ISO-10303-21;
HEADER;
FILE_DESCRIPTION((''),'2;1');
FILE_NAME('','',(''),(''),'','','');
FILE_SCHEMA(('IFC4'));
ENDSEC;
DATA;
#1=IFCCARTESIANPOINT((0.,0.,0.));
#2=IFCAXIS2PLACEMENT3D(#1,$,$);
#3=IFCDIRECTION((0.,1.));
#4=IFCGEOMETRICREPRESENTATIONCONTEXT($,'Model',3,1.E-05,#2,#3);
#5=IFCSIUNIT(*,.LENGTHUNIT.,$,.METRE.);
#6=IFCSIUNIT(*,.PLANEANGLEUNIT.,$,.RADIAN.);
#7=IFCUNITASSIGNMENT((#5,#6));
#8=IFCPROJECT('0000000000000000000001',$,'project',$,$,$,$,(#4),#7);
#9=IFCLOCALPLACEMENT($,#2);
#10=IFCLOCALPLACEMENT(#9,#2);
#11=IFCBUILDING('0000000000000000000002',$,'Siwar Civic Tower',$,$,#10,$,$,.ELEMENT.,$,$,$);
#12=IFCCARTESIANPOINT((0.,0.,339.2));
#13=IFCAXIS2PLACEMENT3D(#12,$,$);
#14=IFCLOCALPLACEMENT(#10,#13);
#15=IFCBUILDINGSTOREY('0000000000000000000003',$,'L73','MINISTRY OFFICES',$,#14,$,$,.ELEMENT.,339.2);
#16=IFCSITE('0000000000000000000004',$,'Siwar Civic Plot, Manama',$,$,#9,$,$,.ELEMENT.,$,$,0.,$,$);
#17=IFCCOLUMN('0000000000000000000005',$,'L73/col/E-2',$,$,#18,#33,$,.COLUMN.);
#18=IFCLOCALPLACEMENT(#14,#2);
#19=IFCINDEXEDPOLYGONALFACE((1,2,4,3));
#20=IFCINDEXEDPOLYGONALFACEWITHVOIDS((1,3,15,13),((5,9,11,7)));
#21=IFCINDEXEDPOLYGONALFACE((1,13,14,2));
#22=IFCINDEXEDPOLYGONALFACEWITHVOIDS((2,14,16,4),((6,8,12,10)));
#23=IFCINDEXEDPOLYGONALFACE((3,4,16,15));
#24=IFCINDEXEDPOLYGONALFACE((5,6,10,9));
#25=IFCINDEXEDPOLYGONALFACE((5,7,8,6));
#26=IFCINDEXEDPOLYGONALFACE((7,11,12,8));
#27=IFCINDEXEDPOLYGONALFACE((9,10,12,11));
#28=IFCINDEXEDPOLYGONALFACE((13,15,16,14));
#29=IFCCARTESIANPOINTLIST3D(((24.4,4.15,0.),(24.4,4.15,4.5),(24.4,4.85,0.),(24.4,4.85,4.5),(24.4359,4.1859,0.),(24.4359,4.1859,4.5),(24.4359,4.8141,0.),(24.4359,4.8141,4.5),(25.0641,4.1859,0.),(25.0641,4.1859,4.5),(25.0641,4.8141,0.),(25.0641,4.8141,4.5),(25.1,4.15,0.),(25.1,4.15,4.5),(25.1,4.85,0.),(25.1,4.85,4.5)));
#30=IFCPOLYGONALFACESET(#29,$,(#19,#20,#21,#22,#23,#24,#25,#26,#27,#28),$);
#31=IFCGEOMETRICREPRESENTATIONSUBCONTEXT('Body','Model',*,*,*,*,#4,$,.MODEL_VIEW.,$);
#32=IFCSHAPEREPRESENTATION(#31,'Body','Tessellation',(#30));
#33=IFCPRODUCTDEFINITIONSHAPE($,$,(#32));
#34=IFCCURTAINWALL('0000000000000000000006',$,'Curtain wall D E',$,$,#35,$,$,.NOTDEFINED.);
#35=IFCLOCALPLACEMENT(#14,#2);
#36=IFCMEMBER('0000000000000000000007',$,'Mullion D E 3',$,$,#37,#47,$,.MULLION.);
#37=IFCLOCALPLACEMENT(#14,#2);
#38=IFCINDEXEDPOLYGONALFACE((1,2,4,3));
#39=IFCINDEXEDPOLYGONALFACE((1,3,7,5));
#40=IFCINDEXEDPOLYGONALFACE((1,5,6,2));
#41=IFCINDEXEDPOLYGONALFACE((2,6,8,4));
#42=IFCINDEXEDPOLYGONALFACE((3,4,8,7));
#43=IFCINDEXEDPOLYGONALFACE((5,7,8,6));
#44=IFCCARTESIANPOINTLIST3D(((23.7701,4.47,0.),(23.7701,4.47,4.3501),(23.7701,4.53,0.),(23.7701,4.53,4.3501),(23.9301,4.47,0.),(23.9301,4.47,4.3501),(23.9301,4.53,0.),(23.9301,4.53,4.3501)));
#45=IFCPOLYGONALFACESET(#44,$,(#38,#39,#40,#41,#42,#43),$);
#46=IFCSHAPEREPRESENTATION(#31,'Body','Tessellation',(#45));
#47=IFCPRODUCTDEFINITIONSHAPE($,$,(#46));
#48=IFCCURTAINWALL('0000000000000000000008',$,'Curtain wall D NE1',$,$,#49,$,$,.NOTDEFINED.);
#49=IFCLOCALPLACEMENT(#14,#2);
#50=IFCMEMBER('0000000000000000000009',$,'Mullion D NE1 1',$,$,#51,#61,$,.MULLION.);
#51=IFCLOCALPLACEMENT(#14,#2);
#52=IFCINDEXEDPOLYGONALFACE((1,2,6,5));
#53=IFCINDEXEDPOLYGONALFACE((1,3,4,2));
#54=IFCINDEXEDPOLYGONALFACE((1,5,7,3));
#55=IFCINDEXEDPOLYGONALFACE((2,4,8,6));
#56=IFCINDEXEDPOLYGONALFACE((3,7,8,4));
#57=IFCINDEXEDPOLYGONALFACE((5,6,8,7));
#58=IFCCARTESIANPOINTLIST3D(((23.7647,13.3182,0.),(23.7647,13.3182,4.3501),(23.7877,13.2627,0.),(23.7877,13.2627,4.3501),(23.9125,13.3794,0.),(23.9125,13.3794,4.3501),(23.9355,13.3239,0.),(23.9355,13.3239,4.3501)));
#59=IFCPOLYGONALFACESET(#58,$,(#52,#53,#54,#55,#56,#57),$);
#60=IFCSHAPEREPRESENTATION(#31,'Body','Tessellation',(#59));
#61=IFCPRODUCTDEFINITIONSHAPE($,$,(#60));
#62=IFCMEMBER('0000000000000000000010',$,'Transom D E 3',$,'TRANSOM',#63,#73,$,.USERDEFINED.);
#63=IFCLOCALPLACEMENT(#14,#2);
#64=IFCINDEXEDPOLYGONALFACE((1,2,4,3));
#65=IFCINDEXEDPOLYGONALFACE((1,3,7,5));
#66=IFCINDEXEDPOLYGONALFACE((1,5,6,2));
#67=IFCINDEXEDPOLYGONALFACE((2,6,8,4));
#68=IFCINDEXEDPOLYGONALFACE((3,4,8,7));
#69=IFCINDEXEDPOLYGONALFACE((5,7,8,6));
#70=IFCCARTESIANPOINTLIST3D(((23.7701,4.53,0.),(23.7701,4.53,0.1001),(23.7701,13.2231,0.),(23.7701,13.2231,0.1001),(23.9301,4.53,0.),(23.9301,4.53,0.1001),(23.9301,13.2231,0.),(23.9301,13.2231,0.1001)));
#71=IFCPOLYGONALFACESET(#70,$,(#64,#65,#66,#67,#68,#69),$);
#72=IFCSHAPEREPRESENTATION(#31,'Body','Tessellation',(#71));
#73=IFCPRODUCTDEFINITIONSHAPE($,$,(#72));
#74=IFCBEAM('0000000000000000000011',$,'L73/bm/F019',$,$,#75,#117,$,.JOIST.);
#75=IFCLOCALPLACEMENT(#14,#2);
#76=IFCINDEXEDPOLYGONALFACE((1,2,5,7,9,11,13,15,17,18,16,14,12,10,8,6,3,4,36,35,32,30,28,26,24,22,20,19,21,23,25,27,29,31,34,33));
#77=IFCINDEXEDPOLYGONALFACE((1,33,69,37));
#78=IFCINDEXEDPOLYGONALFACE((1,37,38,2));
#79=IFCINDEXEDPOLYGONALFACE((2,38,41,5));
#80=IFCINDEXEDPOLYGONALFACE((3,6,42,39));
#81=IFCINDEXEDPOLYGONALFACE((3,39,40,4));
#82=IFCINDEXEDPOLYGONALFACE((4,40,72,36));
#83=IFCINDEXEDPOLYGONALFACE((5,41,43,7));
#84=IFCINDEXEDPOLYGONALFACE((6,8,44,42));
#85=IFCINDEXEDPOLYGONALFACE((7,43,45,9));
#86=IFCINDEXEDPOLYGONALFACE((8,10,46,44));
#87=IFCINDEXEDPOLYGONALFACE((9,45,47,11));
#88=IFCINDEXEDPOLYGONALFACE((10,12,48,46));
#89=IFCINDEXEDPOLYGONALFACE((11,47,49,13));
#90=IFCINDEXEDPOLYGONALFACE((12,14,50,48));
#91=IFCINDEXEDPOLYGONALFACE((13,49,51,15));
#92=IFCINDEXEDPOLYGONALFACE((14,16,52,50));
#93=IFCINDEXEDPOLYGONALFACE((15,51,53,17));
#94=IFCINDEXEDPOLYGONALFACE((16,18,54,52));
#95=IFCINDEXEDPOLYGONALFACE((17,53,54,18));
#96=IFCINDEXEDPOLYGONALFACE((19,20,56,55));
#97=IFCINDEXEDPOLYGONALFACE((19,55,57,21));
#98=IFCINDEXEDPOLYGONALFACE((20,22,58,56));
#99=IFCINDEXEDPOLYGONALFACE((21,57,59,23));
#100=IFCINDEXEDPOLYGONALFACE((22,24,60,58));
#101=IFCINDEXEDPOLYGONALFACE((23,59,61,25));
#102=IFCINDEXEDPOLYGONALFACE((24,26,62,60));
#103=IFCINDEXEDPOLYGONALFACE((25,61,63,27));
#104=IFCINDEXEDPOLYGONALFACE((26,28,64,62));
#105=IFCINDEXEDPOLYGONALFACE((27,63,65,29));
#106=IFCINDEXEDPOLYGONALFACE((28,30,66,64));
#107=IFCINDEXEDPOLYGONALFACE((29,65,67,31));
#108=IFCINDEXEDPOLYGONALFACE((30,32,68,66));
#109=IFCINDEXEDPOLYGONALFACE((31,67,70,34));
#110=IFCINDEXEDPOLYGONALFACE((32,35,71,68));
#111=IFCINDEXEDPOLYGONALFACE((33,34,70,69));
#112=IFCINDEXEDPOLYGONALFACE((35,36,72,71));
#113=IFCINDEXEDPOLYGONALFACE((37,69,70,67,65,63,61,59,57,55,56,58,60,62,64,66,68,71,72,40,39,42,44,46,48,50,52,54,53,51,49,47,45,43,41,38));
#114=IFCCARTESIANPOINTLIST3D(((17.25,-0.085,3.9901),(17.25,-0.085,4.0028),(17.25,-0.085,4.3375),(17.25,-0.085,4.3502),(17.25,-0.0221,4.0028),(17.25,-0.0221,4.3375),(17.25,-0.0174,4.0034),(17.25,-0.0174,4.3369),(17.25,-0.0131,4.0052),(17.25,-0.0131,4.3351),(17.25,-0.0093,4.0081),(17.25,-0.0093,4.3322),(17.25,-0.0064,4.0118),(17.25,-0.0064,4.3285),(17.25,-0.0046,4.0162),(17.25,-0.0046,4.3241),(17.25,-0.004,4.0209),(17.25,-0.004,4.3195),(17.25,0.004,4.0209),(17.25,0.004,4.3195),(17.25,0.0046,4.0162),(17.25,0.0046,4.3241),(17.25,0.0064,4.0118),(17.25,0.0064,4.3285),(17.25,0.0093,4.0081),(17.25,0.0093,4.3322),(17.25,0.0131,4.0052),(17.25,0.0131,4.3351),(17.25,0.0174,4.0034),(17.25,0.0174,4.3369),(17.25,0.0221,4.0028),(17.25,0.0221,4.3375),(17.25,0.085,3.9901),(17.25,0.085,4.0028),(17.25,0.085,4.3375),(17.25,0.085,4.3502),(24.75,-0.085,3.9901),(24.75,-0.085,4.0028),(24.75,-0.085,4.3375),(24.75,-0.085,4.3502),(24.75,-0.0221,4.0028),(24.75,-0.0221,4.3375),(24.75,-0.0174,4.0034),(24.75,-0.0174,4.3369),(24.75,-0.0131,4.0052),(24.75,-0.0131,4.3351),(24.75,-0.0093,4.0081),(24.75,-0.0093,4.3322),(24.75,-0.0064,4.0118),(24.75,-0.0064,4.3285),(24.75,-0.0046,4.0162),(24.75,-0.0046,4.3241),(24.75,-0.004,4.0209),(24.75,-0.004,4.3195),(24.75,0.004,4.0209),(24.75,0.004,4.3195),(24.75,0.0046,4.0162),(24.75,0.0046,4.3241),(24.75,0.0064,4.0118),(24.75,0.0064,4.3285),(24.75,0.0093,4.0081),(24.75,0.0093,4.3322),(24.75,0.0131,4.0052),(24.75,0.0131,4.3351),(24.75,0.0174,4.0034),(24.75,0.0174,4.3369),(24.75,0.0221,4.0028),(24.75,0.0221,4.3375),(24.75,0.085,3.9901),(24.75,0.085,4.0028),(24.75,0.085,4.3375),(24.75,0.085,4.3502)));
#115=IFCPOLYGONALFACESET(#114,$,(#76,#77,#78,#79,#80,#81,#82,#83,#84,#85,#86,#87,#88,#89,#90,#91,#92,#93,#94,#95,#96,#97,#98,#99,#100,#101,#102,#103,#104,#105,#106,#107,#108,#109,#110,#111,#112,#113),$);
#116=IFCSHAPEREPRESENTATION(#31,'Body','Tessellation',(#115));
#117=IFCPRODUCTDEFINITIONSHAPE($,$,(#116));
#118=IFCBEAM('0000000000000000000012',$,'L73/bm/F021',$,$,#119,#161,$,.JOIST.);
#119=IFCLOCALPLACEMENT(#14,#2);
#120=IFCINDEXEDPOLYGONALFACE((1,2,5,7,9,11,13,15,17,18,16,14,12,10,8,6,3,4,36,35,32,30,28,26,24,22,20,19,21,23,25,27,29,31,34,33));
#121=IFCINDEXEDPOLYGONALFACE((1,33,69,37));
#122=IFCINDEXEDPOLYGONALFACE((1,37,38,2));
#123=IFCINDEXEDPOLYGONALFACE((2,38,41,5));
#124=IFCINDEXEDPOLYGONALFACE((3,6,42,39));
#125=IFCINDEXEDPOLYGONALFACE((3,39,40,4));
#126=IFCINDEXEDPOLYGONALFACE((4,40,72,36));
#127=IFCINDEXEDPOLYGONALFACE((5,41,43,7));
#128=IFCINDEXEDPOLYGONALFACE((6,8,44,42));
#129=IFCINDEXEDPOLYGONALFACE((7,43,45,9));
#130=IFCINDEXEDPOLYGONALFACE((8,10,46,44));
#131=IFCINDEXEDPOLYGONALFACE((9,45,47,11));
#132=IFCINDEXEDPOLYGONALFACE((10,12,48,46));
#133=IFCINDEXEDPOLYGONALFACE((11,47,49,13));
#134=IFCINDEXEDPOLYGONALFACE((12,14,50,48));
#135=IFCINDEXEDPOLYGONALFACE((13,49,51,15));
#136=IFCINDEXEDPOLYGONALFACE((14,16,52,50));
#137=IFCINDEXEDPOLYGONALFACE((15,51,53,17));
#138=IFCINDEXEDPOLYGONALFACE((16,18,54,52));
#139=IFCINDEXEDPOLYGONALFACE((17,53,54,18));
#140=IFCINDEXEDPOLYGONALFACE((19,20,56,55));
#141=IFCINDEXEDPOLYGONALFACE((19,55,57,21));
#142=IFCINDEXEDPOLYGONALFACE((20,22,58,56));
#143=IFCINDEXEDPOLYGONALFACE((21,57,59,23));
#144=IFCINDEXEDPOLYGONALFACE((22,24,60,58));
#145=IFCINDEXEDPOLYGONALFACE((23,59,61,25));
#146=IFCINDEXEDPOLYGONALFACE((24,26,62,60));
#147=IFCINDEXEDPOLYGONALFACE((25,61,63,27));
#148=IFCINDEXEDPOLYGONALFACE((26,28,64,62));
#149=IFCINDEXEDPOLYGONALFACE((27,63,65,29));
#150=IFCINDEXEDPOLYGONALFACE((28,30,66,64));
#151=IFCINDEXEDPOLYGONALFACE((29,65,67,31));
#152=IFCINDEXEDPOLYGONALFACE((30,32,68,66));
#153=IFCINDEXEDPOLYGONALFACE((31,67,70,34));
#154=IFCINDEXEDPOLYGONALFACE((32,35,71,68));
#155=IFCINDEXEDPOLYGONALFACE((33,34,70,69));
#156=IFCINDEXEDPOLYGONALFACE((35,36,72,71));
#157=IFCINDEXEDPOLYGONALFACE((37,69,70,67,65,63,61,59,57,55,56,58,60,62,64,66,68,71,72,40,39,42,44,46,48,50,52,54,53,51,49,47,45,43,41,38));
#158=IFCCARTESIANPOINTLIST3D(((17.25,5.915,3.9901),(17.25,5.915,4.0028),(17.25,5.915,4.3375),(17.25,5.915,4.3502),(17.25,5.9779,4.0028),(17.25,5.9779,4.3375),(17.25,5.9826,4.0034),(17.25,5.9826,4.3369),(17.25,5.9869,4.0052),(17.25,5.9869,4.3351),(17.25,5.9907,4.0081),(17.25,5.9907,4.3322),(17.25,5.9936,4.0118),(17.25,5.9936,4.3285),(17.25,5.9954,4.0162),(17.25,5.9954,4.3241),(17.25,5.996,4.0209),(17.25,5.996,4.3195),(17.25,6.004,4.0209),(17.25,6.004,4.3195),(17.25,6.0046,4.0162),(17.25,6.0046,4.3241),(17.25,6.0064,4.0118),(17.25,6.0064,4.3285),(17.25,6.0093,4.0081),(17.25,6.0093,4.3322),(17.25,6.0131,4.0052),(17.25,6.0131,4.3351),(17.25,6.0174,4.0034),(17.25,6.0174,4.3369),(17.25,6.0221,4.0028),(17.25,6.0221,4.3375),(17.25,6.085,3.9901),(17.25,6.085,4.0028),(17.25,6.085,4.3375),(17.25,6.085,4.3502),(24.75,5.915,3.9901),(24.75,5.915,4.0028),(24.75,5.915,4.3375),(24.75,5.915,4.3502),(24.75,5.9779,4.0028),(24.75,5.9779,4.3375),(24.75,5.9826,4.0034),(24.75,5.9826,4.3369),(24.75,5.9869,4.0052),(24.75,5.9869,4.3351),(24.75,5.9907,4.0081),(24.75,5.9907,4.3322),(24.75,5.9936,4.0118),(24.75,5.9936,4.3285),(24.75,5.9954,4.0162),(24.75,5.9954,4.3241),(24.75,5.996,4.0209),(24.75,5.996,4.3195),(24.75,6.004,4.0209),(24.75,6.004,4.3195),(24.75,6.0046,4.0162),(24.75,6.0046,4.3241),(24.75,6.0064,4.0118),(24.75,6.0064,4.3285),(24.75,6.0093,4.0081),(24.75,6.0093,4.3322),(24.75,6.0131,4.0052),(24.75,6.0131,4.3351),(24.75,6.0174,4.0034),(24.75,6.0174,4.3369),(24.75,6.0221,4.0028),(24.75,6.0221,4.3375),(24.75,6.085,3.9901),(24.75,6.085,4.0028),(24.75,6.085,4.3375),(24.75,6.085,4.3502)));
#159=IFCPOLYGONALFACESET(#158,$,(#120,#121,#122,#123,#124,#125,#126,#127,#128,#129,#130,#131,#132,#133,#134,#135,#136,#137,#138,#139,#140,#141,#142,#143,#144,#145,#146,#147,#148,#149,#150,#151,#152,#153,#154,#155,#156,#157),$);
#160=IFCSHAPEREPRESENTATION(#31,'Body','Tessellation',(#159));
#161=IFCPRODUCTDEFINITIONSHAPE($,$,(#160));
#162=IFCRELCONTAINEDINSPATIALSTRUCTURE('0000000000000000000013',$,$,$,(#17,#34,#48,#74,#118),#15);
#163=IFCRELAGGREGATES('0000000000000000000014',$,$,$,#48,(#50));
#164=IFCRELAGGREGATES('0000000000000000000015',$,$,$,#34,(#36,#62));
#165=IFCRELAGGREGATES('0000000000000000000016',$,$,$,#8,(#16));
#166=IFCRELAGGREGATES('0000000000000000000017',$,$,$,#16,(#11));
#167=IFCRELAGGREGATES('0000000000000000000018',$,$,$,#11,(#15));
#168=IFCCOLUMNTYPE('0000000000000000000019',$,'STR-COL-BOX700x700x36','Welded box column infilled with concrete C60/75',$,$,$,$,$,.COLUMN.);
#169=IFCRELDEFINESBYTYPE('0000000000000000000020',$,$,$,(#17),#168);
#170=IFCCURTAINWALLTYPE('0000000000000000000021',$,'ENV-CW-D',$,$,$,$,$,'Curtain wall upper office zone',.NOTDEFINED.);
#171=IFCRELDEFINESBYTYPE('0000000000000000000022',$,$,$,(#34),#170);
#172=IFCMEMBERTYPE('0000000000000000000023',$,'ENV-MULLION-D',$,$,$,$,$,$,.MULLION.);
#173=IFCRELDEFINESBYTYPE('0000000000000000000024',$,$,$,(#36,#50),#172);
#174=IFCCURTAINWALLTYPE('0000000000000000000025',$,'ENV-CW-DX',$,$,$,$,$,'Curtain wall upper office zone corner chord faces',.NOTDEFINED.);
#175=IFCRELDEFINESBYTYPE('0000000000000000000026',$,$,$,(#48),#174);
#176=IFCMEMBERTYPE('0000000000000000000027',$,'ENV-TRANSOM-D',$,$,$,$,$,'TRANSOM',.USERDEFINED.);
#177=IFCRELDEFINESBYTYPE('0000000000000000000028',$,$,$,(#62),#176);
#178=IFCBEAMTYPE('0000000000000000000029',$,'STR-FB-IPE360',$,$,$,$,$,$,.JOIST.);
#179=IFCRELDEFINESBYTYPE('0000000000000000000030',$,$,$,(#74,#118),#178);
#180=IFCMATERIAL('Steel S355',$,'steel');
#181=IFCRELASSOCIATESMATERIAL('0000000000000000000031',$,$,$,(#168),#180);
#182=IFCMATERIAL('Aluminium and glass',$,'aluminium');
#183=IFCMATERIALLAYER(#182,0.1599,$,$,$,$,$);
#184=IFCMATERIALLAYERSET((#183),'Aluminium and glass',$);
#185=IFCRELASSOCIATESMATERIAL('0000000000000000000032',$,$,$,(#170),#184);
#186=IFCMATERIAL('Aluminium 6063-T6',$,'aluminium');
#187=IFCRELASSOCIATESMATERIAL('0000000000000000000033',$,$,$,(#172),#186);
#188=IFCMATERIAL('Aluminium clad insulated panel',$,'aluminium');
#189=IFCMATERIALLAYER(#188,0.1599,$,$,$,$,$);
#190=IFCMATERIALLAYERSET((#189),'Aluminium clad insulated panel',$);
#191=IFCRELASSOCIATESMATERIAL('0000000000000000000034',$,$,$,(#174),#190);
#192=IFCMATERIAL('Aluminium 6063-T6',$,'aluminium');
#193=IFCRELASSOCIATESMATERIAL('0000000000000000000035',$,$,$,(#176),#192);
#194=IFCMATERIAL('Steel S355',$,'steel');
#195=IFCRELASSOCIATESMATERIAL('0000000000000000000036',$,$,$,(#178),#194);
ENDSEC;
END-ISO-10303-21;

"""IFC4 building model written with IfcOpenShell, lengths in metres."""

from ifc_helpers import new_model, si_unit, direction, frame, origin, origin_2d, place, context, subcontext, project, spatial, rectangle, hollow_rectangle, i_section, extrude, material, layer, layer_set, material_profile, profile_set, type_object, element, aggregate, save


model = new_model("IFC4")

# Units and contexts
model_context = context("Model", 3, precision=1e-05, world=origin(), true_north=direction((0.0, 1.0)))
body_context = subcontext(model_context, "Body", "Model", "MODEL_VIEW")
ifc_project = project(units=[si_unit("LENGTHUNIT", "METRE"), si_unit("PLANEANGLEUNIT", "RADIAN")], contexts=[model_context])

# Site, building, storey
site_placement = place(None, origin())
site = spatial("IfcSite", under=ifc_project, at=site_placement, Name="Siwar Civic Plot, Manama", CompositionType="ELEMENT", RefElevation=0.0)
building_placement = place(site_placement, origin())
building = spatial("IfcBuilding", under=site, at=building_placement, Name="Siwar Civic Tower", CompositionType="ELEMENT")
storey_placement = place(building_placement, frame((0.0, 0.0, 339.2)))
storey = spatial("IfcBuildingStorey", under=building, at=storey_placement, Name="L73", Description="MINISTRY OFFICES", CompositionType="ELEMENT", Elevation=339.2)

# Column
ifc_material_1 = material(Name="Steel S355", Category="steel")
ifc_material_profile_1 = material_profile(ifc_material_1, hollow_rectangle(XDim=0.7, YDim=0.7, WallThickness=0.0359, at=origin_2d()), Name="BOX700x700x36")
ifc_profile_set_1 = profile_set([ifc_material_profile_1], Name="Steel S355")
column_type = type_object("IfcColumnType", Name="STR-COL-BOX700x700x36", Description="Welded box column infilled with concrete C60/75", PredefinedType="COLUMN", material=ifc_profile_set_1)
column_placement = place(storey_placement, frame((24.75, 4.5, 0.0), z_axis=(0.0, 0.0, 1.0), x_axis=(1.0, 0.0, 0.0)))
element("IfcColumn", 1, at=column_placement, inside=storey, type_object=column_type, Name="L73/col/E-2", PredefinedType="COLUMN", context=body_context, shape_type="SweptSolid", body=[
    extrude(hollow_rectangle(XDim=0.7, YDim=0.7, WallThickness=0.0359, at=origin_2d()), origin(), (0.0, 0.0, 1.0), 4.5),
])

# Curtain walls, members
ifc_material_2 = material(Name="Aluminium and glass", Category="aluminium")
ifc_layer_1 = layer(ifc_material_2, 0.1599)
ifc_layer_set_1 = layer_set([ifc_layer_1], Name="Aluminium and glass")
curtain_wall_type_1 = type_object("IfcCurtainWallType", Name="ENV-CW-D", ElementType="Curtain wall upper office zone", PredefinedType="NOTDEFINED", material=ifc_layer_set_1)
curtain_wall_1_placement = place(storey_placement, origin())
curtain_wall_1 = element("IfcCurtainWall", 2, at=curtain_wall_1_placement, inside=storey, type_object=curtain_wall_type_1, Name="Curtain wall D E", PredefinedType="NOTDEFINED")
ifc_material_3 = material(Name="Aluminium 6063-T6", Category="aluminium")
ifc_material_profile_2 = material_profile(ifc_material_3, rectangle(XDim=0.1599, YDim=0.0601, at=origin_2d()), Name="AL 160x60")
ifc_profile_set_2 = profile_set([ifc_material_profile_2], Name="Aluminium 6063-T6")
member_type_1 = type_object("IfcMemberType", Name="ENV-MULLION-D", PredefinedType="MULLION", material=ifc_profile_set_2)
member_1_placement = place(storey_placement, frame((23.8501, 4.5, 0.0), z_axis=(0.0, 0.0, 1.0), x_axis=(-1.0, 0.0, 0.0)))
member_1 = element("IfcMember", 3, at=member_1_placement, type_object=member_type_1, Name="Mullion D E 3", PredefinedType="MULLION", context=body_context, shape_type="SweptSolid", body=[
    extrude(rectangle(XDim=0.1599, YDim=0.0601, at=origin_2d()), origin(), (0.0, 0.0, 1.0), 4.3501),
])
ifc_material_4 = material(Name="Aluminium clad insulated panel", Category="aluminium")
ifc_layer_2 = layer(ifc_material_4, 0.1599)
ifc_layer_set_2 = layer_set([ifc_layer_2], Name="Aluminium clad insulated panel")
curtain_wall_type_2 = type_object("IfcCurtainWallType", Name="ENV-CW-DX", ElementType="Curtain wall upper office zone corner chord faces", PredefinedType="NOTDEFINED", material=ifc_layer_set_2)
curtain_wall_2_placement = place(storey_placement, origin())
curtain_wall_2 = element("IfcCurtainWall", 4, at=curtain_wall_2_placement, inside=storey, type_object=curtain_wall_type_2, Name="Curtain wall D NE1", PredefinedType="NOTDEFINED")
member_2_placement = place(storey_placement, frame((23.8501, 13.321, 0.0), z_axis=(0.0, 0.0, 1.0), x_axis=(-0.92388, -0.382683, 0.0)))
member_2 = element("IfcMember", 5, at=member_2_placement, type_object=member_type_1, Name="Mullion D NE1 1", PredefinedType="MULLION", context=body_context, shape_type="SweptSolid", body=[
    extrude(rectangle(XDim=0.1599, YDim=0.0601, at=origin_2d()), origin(), (0.0, 0.0, 1.0), 4.3501),
])
aggregate(curtain_wall_2, [member_2])

# Member
ifc_material_5 = material(Name="Aluminium 6063-T6", Category="aluminium")
ifc_material_profile_3 = material_profile(ifc_material_5, rectangle(XDim=0.1599, YDim=0.1001, at=origin_2d()), Name="AL 160x100")
ifc_profile_set_3 = profile_set([ifc_material_profile_3], Name="Aluminium 6063-T6")
member_type_2 = type_object("IfcMemberType", Name="ENV-TRANSOM-D", ElementType="TRANSOM", PredefinedType="USERDEFINED", material=ifc_profile_set_3)
member_3_placement = place(storey_placement, frame((23.8501, 4.53, 0.05), z_axis=(0.0, 1.0, 0.0), x_axis=(-1.0, 0.0, 0.0)))
member_3 = element("IfcMember", 6, at=member_3_placement, type_object=member_type_2, Name="Transom D E 3", ObjectType="TRANSOM", PredefinedType="USERDEFINED", context=body_context, shape_type="SweptSolid", body=[
    extrude(rectangle(XDim=0.1599, YDim=0.1001, at=origin_2d()), origin(), (0.0, 0.0, 1.0), 8.6931),
])

# Beams
ifc_material_6 = material(Name="Steel S355", Category="steel")
ifc_material_profile_4 = material_profile(ifc_material_6, i_section(OverallWidth=0.1699, OverallDepth=0.3601, WebThickness=0.0081, FlangeThickness=0.0127, FilletRadius=0.0181, at=origin_2d()), Name="IPE360")
ifc_profile_set_4 = profile_set([ifc_material_profile_4], Name="Steel S355")
beam_type_1 = type_object("IfcBeamType", Name="STR-FB-IPE360", PredefinedType="JOIST", material=ifc_profile_set_4)
for number, where, z_axis, x_axis, name in (
    (7, (17.25, 0.0, 4.1702), (1.0, 0.0, 0.0), (0.0, 1.0, 0.0), "L73/bm/F019"),
    (8, (17.25, 6.0, 4.1702), (1.0, 0.0, 0.0), (0.0, 1.0, 0.0), "L73/bm/F021"),
):
    element("IfcBeam", number, at=place(storey_placement, frame(where, z_axis=z_axis, x_axis=x_axis)), inside=storey, type_object=beam_type_1, Name=name, PredefinedType="JOIST", context=body_context, shape_type="SweptSolid", body=[
        extrude(i_section(OverallWidth=0.1699, OverallDepth=0.3601, WebThickness=0.0081, FlangeThickness=0.0127, FilletRadius=0.0181, at=origin_2d()), origin(), (0.0, 0.0, 1.0), 7.5),
    ])

aggregate(curtain_wall_1, [member_1, member_3])

save(model, "model.ifc")
